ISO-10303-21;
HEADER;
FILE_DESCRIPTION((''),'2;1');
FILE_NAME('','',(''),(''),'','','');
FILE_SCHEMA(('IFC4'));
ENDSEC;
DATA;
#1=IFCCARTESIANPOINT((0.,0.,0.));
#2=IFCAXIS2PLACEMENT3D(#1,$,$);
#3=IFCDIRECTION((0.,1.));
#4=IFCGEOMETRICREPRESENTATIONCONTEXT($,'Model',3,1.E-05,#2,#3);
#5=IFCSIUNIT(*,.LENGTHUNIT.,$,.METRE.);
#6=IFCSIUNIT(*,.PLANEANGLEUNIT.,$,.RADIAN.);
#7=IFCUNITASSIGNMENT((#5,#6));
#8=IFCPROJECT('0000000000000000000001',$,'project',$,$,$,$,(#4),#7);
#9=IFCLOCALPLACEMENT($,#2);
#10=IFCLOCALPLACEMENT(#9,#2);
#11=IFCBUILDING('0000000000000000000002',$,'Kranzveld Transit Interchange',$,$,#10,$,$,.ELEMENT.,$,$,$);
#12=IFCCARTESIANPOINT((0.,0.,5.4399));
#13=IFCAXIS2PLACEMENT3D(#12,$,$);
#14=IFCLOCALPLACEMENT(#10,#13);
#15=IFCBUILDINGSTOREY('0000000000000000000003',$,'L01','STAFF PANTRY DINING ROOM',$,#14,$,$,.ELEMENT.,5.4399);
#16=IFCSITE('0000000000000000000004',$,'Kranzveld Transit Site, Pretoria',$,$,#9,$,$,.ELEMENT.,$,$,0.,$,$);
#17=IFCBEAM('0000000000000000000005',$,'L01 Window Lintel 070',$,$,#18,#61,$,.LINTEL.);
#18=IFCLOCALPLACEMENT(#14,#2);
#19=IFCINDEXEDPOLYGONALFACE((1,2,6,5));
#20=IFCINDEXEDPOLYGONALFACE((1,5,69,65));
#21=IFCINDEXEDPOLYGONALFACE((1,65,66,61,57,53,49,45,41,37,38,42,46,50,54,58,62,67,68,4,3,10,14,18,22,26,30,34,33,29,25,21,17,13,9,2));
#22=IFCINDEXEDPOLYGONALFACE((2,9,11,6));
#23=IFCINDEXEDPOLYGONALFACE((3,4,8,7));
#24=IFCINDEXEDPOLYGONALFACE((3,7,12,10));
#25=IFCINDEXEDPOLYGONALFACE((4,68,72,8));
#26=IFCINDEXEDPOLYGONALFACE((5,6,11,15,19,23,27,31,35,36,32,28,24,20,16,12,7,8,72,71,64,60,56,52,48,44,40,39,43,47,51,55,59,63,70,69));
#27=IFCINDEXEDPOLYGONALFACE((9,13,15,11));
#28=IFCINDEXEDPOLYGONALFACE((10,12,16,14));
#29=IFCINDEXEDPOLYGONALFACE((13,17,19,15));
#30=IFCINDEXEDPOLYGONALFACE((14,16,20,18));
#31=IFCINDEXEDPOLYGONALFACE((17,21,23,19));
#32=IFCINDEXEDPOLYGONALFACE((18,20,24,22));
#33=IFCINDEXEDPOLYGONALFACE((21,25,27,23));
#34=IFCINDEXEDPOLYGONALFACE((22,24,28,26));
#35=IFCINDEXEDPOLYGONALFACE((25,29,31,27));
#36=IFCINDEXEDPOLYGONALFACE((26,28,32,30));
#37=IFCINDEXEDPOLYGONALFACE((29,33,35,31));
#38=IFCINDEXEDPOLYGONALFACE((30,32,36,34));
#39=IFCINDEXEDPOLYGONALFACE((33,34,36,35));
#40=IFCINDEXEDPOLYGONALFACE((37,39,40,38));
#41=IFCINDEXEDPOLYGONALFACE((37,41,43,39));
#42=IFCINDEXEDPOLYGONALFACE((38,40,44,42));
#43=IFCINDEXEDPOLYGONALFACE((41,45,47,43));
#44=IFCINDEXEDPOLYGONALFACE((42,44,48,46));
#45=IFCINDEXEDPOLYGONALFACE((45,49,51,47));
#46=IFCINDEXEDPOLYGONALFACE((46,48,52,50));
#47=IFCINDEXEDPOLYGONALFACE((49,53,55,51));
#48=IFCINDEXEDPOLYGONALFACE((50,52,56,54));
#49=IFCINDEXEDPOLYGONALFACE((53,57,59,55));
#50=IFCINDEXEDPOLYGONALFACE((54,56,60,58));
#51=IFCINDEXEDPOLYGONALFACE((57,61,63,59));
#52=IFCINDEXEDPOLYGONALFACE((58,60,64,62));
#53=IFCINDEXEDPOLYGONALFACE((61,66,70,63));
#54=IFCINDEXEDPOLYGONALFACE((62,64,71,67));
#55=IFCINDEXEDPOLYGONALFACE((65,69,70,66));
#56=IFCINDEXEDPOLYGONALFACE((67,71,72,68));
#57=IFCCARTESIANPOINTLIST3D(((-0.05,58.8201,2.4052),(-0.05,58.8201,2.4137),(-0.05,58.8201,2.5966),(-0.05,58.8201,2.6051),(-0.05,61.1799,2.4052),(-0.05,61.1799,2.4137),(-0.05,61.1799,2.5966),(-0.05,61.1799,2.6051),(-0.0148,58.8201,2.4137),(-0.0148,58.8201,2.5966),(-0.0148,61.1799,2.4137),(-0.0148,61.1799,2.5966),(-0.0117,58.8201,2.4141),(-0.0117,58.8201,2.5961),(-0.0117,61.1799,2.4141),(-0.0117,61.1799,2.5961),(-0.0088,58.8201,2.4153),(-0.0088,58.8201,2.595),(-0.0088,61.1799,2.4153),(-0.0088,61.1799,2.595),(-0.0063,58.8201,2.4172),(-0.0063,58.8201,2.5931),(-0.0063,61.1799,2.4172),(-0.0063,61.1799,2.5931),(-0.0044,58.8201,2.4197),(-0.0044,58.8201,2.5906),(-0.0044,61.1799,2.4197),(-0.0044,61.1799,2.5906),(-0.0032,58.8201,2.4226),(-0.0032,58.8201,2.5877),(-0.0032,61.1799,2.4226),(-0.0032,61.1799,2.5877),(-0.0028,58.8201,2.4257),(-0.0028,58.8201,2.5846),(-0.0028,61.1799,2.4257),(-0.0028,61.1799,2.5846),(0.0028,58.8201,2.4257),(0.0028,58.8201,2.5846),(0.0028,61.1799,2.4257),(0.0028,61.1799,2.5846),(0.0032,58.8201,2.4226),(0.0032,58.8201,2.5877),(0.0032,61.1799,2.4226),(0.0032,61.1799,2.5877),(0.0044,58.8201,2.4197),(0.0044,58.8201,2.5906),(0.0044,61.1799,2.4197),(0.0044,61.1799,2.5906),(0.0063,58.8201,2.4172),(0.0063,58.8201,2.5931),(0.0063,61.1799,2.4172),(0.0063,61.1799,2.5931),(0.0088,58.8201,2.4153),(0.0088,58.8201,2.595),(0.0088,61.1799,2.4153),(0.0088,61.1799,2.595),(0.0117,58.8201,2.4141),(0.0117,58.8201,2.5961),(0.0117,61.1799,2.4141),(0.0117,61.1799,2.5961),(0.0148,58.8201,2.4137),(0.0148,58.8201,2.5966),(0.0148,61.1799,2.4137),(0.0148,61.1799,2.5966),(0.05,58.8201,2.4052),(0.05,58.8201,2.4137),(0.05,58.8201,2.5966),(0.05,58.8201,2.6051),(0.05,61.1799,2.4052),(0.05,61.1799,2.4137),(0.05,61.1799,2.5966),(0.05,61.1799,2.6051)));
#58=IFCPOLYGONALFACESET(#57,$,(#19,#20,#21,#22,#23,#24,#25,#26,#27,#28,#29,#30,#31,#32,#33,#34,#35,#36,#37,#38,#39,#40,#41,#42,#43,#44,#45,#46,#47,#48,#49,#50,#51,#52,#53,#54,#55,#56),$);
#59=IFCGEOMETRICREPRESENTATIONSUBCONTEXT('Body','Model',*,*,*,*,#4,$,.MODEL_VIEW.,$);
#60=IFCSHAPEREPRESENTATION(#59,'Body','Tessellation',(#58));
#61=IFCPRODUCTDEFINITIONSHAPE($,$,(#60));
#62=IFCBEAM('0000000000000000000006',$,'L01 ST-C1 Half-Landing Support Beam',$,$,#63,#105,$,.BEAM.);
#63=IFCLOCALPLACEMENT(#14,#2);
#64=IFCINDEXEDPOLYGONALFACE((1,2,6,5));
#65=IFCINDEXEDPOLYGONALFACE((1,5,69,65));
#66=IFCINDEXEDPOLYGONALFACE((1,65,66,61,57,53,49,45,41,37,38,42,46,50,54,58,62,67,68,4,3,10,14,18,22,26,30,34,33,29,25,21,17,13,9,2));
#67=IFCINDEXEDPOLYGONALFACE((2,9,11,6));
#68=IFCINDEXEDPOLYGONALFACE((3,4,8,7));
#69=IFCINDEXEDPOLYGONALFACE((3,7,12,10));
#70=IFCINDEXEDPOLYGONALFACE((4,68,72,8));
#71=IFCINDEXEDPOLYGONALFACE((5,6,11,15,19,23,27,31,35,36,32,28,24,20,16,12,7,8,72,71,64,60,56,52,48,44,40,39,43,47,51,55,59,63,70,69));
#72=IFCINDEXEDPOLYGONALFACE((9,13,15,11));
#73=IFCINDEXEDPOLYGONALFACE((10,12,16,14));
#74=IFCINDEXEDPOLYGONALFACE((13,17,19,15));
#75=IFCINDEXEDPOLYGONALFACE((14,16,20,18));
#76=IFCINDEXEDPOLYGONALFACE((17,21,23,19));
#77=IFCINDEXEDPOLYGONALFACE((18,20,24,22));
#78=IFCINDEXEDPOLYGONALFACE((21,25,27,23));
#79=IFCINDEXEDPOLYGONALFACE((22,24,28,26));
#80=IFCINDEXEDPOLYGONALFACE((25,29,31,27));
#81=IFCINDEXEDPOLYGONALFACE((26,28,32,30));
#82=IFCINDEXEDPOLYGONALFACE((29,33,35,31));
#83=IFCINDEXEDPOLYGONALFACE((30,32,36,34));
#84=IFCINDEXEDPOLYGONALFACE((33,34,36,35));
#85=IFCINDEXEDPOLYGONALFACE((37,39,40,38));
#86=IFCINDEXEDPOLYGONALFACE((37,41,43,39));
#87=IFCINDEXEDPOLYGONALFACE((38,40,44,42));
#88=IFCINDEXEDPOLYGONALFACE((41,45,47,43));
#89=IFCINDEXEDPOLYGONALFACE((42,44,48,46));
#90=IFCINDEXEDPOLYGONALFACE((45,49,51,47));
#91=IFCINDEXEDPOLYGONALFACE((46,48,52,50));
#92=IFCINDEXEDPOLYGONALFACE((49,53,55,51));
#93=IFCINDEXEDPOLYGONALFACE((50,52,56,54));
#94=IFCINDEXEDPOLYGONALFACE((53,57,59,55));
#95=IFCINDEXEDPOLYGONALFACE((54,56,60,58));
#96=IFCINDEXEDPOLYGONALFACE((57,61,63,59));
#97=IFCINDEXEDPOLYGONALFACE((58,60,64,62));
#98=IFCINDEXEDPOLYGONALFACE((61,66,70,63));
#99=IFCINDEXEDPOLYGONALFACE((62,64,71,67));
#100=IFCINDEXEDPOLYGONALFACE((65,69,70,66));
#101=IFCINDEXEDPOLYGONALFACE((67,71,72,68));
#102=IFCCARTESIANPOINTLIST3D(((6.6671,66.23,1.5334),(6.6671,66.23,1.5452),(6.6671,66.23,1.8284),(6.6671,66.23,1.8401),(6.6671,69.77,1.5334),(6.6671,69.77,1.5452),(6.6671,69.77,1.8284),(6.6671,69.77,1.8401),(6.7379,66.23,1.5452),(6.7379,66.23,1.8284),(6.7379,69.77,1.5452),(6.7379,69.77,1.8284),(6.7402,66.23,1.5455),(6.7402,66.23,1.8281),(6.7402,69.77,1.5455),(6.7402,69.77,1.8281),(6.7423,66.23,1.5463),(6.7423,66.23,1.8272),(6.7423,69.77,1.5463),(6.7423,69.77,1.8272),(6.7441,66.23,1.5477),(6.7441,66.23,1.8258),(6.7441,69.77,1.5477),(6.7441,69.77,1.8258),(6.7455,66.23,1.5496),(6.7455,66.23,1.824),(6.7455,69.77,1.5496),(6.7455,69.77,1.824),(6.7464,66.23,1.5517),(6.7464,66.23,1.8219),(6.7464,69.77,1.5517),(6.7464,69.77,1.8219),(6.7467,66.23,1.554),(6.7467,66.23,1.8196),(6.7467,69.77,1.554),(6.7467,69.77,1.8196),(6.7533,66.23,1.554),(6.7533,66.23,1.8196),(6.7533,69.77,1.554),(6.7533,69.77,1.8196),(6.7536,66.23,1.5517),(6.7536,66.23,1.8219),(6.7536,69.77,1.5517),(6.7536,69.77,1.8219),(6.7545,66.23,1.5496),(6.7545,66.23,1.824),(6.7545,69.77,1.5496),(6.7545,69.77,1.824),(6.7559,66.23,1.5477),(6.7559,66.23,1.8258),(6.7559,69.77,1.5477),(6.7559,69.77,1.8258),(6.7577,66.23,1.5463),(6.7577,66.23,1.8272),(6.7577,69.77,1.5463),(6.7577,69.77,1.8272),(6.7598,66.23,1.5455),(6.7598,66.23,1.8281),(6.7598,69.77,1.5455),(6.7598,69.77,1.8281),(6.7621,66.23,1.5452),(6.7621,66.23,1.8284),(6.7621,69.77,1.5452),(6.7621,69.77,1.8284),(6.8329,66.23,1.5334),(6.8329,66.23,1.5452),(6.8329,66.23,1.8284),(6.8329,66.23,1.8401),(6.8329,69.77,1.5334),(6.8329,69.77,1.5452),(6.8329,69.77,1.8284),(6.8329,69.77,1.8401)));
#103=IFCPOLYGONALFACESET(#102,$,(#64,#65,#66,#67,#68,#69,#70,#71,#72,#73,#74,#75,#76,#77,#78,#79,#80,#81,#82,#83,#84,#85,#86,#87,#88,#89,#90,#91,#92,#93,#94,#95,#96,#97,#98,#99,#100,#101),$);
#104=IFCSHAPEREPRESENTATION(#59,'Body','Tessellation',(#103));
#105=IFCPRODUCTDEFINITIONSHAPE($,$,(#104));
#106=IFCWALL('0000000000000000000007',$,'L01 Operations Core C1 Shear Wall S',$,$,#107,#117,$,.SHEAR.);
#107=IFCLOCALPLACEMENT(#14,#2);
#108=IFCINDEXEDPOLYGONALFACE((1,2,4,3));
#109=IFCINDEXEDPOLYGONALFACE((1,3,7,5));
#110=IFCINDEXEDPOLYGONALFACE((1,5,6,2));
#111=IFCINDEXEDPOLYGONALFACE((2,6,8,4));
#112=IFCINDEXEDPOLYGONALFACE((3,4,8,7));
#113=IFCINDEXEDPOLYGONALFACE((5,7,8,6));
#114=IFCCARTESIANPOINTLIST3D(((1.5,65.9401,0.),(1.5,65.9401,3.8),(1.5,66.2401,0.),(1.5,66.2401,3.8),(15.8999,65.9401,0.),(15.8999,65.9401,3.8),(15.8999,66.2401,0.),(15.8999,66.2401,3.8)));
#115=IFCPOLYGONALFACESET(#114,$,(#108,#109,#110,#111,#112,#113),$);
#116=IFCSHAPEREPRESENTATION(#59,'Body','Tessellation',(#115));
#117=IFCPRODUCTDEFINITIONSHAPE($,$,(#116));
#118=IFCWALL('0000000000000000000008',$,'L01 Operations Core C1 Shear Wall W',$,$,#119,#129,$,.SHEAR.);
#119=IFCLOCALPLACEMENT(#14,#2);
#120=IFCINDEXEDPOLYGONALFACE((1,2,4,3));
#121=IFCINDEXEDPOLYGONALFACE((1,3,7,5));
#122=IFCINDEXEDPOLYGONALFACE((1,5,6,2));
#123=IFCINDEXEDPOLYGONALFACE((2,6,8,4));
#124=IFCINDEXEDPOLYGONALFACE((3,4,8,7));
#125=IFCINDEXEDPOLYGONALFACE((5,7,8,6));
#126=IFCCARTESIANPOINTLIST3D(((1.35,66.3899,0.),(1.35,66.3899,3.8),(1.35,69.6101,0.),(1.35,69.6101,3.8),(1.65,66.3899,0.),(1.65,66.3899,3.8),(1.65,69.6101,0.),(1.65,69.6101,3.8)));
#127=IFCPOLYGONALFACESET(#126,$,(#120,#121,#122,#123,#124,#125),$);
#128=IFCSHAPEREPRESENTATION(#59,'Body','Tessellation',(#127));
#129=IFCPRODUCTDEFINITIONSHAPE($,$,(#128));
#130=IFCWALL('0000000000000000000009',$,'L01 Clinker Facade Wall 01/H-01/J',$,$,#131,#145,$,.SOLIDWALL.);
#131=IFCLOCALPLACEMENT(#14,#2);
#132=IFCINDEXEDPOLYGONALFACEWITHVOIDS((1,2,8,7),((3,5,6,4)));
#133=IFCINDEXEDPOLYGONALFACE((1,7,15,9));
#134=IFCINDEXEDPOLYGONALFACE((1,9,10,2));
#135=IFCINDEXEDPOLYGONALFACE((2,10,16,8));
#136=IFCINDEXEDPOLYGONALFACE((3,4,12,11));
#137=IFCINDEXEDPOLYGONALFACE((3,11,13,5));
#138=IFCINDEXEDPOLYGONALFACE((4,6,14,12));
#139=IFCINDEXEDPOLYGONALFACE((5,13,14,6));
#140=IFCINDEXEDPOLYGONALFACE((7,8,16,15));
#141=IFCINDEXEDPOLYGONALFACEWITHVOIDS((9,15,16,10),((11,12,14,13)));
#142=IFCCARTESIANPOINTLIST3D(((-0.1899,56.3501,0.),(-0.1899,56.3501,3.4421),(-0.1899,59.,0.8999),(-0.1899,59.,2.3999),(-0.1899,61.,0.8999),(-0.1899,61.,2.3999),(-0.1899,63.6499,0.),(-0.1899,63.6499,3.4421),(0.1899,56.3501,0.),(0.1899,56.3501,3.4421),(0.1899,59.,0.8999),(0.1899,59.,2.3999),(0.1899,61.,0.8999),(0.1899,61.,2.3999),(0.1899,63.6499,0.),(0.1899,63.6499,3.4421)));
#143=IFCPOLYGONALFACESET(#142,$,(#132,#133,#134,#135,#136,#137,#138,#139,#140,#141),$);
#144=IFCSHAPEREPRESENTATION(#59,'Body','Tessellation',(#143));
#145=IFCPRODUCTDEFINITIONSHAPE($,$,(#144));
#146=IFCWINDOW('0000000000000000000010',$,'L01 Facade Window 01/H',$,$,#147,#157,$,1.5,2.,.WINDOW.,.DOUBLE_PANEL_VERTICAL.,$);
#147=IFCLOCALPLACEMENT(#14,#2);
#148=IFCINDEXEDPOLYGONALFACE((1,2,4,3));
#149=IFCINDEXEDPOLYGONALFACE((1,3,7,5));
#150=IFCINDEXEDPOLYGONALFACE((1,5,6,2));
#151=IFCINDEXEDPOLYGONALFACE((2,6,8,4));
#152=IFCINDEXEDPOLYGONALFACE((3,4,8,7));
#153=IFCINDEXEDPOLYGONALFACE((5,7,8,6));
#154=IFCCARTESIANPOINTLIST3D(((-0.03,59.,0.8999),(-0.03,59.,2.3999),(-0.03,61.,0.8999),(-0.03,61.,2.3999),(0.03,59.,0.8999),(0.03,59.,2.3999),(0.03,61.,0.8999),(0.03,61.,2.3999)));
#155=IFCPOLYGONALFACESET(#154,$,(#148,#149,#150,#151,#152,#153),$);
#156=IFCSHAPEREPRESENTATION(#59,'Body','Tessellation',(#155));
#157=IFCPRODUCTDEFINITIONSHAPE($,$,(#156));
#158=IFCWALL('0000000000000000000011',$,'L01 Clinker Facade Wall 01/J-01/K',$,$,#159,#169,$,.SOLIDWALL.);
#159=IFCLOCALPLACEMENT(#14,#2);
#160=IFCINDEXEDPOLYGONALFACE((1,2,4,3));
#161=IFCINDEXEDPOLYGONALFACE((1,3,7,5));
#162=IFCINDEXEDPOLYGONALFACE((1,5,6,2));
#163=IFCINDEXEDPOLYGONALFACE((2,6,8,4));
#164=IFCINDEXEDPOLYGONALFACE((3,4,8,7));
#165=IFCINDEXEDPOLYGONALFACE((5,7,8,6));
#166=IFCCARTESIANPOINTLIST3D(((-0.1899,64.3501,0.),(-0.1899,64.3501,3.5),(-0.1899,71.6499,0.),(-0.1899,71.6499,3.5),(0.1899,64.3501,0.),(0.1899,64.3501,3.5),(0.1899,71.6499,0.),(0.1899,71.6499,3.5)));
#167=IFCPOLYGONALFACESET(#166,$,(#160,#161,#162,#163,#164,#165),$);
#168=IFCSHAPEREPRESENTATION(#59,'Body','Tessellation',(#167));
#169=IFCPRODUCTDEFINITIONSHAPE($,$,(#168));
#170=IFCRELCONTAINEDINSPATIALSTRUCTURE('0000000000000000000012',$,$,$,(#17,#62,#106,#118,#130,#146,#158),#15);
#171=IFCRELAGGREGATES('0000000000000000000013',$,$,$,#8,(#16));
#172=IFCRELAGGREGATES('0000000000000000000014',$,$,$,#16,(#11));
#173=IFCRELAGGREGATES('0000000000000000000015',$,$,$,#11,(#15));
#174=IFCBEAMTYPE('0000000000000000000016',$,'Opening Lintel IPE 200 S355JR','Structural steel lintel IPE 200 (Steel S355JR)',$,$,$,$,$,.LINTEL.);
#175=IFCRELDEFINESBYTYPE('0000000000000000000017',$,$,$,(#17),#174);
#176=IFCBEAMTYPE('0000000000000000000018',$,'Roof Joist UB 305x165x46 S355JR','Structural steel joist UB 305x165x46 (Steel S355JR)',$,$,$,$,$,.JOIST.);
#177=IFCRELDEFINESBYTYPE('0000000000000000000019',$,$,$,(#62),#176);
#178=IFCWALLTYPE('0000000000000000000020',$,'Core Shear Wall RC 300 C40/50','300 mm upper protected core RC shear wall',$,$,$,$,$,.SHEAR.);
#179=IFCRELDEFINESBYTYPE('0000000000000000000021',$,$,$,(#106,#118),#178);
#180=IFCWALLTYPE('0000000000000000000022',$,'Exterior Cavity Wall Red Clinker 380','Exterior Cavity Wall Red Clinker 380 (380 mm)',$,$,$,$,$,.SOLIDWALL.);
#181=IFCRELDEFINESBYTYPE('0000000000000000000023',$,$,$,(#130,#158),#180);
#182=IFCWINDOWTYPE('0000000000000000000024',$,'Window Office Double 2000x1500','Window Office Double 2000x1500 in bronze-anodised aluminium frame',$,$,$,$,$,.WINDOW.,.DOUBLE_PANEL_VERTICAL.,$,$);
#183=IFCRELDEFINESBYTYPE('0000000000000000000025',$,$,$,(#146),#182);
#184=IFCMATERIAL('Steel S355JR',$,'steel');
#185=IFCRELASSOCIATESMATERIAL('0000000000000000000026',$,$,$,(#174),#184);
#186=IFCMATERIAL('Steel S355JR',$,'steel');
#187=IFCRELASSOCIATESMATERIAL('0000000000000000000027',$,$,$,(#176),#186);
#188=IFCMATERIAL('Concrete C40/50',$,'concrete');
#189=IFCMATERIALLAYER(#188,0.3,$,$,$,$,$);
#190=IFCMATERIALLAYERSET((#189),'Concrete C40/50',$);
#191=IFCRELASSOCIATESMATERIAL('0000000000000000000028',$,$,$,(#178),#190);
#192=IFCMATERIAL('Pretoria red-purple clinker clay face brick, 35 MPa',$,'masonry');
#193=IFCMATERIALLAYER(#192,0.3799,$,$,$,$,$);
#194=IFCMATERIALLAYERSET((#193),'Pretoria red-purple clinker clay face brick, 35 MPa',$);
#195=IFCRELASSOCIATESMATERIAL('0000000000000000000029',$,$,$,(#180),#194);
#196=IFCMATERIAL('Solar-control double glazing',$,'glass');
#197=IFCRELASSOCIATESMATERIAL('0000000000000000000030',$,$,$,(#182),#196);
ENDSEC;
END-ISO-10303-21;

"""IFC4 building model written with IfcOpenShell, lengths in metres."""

from ifc_helpers import new_model, si_unit, direction, frame, frame_2d, origin, origin_2d, place, context, subcontext, project, spatial, rectangle, i_section, extrude, material, layer, layer_set, material_profile, profile_set, type_object, element, fill, save


model = new_model("IFC4")

# Units and contexts
model_context = context("Model", 3, precision=1e-05, world=origin(), true_north=direction((0.0, 1.0)))
body_context = subcontext(model_context, "Body", "Model", "MODEL_VIEW")
ifc_project = project(units=[si_unit("LENGTHUNIT", "METRE"), si_unit("PLANEANGLEUNIT", "RADIAN")], contexts=[model_context])

# Site, building, storey
site_placement = place(None, origin())
site = spatial("IfcSite", under=ifc_project, at=site_placement, Name="Kranzveld Transit Site, Pretoria", CompositionType="ELEMENT", RefElevation=0.0)
building_placement = place(site_placement, origin())
building = spatial("IfcBuilding", under=site, at=building_placement, Name="Kranzveld Transit Interchange", CompositionType="ELEMENT")
storey_placement = place(building_placement, frame((0.0, 0.0, 5.4399)))
storey = spatial("IfcBuildingStorey", under=building, at=storey_placement, Name="L01", Description="STAFF PANTRY DINING ROOM", CompositionType="ELEMENT", Elevation=5.4399)

# Beams
ifc_material_1 = material(Name="Steel S355JR", Category="steel")
ifc_material_profile_1 = material_profile(ifc_material_1, i_section(OverallWidth=0.1001, OverallDepth=0.2, WebThickness=0.0056, FlangeThickness=0.0085, FilletRadius=0.012, at=origin_2d()), Name="IPE 200")
ifc_profile_set_1 = profile_set([ifc_material_profile_1], Name="Steel S355JR")
beam_type_1 = type_object("IfcBeamType", Name="Opening Lintel IPE 200 S355JR", Description="Structural steel lintel IPE 200 (Steel S355JR)", PredefinedType="LINTEL", material=ifc_profile_set_1)
beam_1_placement = place(storey_placement, frame((0.0, 58.8201, 2.5051), z_axis=(0.0, 1.0, 0.0), x_axis=(-1.0, 0.0, 0.0)))
element("IfcBeam", 1, at=beam_1_placement, inside=storey, type_object=beam_type_1, Name="L01 Window Lintel 070", PredefinedType="LINTEL", context=body_context, shape_type="SweptSolid", body=[
    extrude(i_section(OverallWidth=0.1001, OverallDepth=0.2, WebThickness=0.0056, FlangeThickness=0.0085, FilletRadius=0.012, at=origin_2d()), origin(), (0.0, 0.0, 1.0), 2.3599),
])
ifc_material_2 = material(Name="Steel S355JR", Category="steel")
ifc_material_profile_2 = material_profile(ifc_material_2, i_section(OverallWidth=0.1658, OverallDepth=0.3066, WebThickness=0.0066, FlangeThickness=0.0117, FilletRadius=0.0088, at=origin_2d()), Name="UB 305x165x46")
ifc_profile_set_2 = profile_set([ifc_material_profile_2], Name="Steel S355JR")
beam_type_2 = type_object("IfcBeamType", Name="Roof Joist UB 305x165x46 S355JR", Description="Structural steel joist UB 305x165x46 (Steel S355JR)", PredefinedType="JOIST", material=ifc_profile_set_2)
beam_2_placement = place(storey_placement, frame((6.75, 66.23, 1.6868), z_axis=(0.0, 1.0, 0.0), x_axis=(-1.0, 0.0, 0.0)))
element("IfcBeam", 2, at=beam_2_placement, inside=storey, type_object=beam_type_2, Name="L01 ST-C1 Half-Landing Support Beam", PredefinedType="BEAM", context=body_context, shape_type="SweptSolid", body=[
    extrude(i_section(OverallWidth=0.1658, OverallDepth=0.3066, WebThickness=0.0066, FlangeThickness=0.0117, FilletRadius=0.0088, at=origin_2d()), origin(), (0.0, 0.0, 1.0), 3.54),
])

# Walls
ifc_material_3 = material(Name="Concrete C40/50", Category="concrete")
ifc_layer_1 = layer(ifc_material_3, 0.3)
ifc_layer_set_1 = layer_set([ifc_layer_1], Name="Concrete C40/50")
wall_type_1 = type_object("IfcWallType", Name="Core Shear Wall RC 300 C40/50", Description="300 mm upper protected core RC shear wall", PredefinedType="SHEAR", material=ifc_layer_set_1)
wall_1_placement = place(storey_placement, frame((1.5, 66.0901, 0.0), z_axis=(0.0, 0.0, 1.0), x_axis=(1.0, 0.0, 0.0)))
element("IfcWall", 3, at=wall_1_placement, inside=storey, type_object=wall_type_1, Name="L01 Operations Core C1 Shear Wall S", PredefinedType="SHEAR", context=body_context, shape_type="SweptSolid", body=[
    extrude(rectangle(XDim=14.3999, YDim=0.3, at=frame_2d((7.2, 0.0))), origin(), (0.0, 0.0, 1.0), 3.8),
])
wall_2_placement = place(storey_placement, frame((1.5, 66.3899, 0.0), z_axis=(0.0, 0.0, 1.0), x_axis=(0.0, 1.0, 0.0)))
element("IfcWall", 4, at=wall_2_placement, inside=storey, type_object=wall_type_1, Name="L01 Operations Core C1 Shear Wall W", PredefinedType="SHEAR", context=body_context, shape_type="SweptSolid", body=[
    extrude(rectangle(XDim=3.2202, YDim=0.3, at=frame_2d((1.6101, 0.0))), origin(), (0.0, 0.0, 1.0), 3.8),
])

# Wall, opening, window
ifc_material_4 = material(Name="Pretoria red-purple clinker clay face brick, 35 MPa", Category="masonry")
ifc_layer_2 = layer(ifc_material_4, 0.3799)
ifc_layer_set_2 = layer_set([ifc_layer_2], Name="Pretoria red-purple clinker clay face brick, 35 MPa")
wall_type_2 = type_object("IfcWallType", Name="Exterior Cavity Wall Red Clinker 380", Description="Exterior Cavity Wall Red Clinker 380 (380 mm)", PredefinedType="SOLIDWALL", material=ifc_layer_set_2)
wall_3_placement = place(storey_placement, frame((0.0, 56.3501, 0.0), z_axis=(0.0, 0.0, 1.0), x_axis=(0.0, 1.0, 0.0)))
wall_3 = element("IfcWall", 5, at=wall_3_placement, inside=storey, type_object=wall_type_2, Name="L01 Clinker Facade Wall 01/H-01/J", PredefinedType="SOLIDWALL", context=body_context, shape_type="SweptSolid", body=[
    extrude(rectangle(XDim=7.2998, YDim=0.3799, at=frame_2d((3.6499, 0.0))), origin(), (0.0, 0.0, 1.0), 3.4421),
])
opening_1_placement = place(wall_3_placement, frame((2.6499, 0.0, 0.8999), z_axis=(0.0, 0.0, 1.0), x_axis=(1.0, 0.0, 0.0)))
opening_1 = element("IfcOpeningElement", 6, at=opening_1_placement, cuts=wall_3, PredefinedType="OPENING", context=body_context, shape_type="SweptSolid", body=[
    extrude(rectangle(XDim=2.0, YDim=1.5, at=frame_2d((1.0, 0.75))), frame((0.0, 0.2, 0.0), z_axis=(0.0, -1.0, 0.0), x_axis=(1.0, 0.0, 0.0)), (0.0, 0.0, 1.0), 0.3999),
])
ifc_material_5 = material(Name="Solar-control double glazing", Category="glass")
window_type = type_object("IfcWindowType", Name="Window Office Double 2000x1500", Description="Window Office Double 2000x1500 in bronze-anodised aluminium frame", PartitioningType="DOUBLE_PANEL_VERTICAL", PredefinedType="WINDOW", material=ifc_material_5)
window_placement = place(opening_1_placement, origin())
window = element("IfcWindow", 7, at=window_placement, inside=storey, type_object=window_type, Name="L01 Facade Window 01/H", OverallHeight=1.5, OverallWidth=2.0, PartitioningType="DOUBLE_PANEL_VERTICAL", PredefinedType="WINDOW", context=body_context, shape_type="SweptSolid", body=[
    extrude(rectangle(XDim=2.0, YDim=1.5, at=frame_2d((1.0, 0.75))), frame((0.0, 0.03, 0.0), z_axis=(0.0, -1.0, 0.0), x_axis=(1.0, 0.0, 0.0)), (0.0, 0.0, 1.0), 0.0601),
])
fill(opening_1, window)

# Wall
wall_4_placement = place(storey_placement, frame((0.0, 64.3501, 0.0), z_axis=(0.0, 0.0, 1.0), x_axis=(0.0, 1.0, 0.0)))
element("IfcWall", 8, at=wall_4_placement, inside=storey, type_object=wall_type_2, Name="L01 Clinker Facade Wall 01/J-01/K", PredefinedType="SOLIDWALL", context=body_context, shape_type="SweptSolid", body=[
    extrude(rectangle(XDim=7.2998, YDim=0.3799, at=frame_2d((3.6499, 0.0))), origin(), (0.0, 0.0, 1.0), 3.5),
])

save(model, "model.ifc")
